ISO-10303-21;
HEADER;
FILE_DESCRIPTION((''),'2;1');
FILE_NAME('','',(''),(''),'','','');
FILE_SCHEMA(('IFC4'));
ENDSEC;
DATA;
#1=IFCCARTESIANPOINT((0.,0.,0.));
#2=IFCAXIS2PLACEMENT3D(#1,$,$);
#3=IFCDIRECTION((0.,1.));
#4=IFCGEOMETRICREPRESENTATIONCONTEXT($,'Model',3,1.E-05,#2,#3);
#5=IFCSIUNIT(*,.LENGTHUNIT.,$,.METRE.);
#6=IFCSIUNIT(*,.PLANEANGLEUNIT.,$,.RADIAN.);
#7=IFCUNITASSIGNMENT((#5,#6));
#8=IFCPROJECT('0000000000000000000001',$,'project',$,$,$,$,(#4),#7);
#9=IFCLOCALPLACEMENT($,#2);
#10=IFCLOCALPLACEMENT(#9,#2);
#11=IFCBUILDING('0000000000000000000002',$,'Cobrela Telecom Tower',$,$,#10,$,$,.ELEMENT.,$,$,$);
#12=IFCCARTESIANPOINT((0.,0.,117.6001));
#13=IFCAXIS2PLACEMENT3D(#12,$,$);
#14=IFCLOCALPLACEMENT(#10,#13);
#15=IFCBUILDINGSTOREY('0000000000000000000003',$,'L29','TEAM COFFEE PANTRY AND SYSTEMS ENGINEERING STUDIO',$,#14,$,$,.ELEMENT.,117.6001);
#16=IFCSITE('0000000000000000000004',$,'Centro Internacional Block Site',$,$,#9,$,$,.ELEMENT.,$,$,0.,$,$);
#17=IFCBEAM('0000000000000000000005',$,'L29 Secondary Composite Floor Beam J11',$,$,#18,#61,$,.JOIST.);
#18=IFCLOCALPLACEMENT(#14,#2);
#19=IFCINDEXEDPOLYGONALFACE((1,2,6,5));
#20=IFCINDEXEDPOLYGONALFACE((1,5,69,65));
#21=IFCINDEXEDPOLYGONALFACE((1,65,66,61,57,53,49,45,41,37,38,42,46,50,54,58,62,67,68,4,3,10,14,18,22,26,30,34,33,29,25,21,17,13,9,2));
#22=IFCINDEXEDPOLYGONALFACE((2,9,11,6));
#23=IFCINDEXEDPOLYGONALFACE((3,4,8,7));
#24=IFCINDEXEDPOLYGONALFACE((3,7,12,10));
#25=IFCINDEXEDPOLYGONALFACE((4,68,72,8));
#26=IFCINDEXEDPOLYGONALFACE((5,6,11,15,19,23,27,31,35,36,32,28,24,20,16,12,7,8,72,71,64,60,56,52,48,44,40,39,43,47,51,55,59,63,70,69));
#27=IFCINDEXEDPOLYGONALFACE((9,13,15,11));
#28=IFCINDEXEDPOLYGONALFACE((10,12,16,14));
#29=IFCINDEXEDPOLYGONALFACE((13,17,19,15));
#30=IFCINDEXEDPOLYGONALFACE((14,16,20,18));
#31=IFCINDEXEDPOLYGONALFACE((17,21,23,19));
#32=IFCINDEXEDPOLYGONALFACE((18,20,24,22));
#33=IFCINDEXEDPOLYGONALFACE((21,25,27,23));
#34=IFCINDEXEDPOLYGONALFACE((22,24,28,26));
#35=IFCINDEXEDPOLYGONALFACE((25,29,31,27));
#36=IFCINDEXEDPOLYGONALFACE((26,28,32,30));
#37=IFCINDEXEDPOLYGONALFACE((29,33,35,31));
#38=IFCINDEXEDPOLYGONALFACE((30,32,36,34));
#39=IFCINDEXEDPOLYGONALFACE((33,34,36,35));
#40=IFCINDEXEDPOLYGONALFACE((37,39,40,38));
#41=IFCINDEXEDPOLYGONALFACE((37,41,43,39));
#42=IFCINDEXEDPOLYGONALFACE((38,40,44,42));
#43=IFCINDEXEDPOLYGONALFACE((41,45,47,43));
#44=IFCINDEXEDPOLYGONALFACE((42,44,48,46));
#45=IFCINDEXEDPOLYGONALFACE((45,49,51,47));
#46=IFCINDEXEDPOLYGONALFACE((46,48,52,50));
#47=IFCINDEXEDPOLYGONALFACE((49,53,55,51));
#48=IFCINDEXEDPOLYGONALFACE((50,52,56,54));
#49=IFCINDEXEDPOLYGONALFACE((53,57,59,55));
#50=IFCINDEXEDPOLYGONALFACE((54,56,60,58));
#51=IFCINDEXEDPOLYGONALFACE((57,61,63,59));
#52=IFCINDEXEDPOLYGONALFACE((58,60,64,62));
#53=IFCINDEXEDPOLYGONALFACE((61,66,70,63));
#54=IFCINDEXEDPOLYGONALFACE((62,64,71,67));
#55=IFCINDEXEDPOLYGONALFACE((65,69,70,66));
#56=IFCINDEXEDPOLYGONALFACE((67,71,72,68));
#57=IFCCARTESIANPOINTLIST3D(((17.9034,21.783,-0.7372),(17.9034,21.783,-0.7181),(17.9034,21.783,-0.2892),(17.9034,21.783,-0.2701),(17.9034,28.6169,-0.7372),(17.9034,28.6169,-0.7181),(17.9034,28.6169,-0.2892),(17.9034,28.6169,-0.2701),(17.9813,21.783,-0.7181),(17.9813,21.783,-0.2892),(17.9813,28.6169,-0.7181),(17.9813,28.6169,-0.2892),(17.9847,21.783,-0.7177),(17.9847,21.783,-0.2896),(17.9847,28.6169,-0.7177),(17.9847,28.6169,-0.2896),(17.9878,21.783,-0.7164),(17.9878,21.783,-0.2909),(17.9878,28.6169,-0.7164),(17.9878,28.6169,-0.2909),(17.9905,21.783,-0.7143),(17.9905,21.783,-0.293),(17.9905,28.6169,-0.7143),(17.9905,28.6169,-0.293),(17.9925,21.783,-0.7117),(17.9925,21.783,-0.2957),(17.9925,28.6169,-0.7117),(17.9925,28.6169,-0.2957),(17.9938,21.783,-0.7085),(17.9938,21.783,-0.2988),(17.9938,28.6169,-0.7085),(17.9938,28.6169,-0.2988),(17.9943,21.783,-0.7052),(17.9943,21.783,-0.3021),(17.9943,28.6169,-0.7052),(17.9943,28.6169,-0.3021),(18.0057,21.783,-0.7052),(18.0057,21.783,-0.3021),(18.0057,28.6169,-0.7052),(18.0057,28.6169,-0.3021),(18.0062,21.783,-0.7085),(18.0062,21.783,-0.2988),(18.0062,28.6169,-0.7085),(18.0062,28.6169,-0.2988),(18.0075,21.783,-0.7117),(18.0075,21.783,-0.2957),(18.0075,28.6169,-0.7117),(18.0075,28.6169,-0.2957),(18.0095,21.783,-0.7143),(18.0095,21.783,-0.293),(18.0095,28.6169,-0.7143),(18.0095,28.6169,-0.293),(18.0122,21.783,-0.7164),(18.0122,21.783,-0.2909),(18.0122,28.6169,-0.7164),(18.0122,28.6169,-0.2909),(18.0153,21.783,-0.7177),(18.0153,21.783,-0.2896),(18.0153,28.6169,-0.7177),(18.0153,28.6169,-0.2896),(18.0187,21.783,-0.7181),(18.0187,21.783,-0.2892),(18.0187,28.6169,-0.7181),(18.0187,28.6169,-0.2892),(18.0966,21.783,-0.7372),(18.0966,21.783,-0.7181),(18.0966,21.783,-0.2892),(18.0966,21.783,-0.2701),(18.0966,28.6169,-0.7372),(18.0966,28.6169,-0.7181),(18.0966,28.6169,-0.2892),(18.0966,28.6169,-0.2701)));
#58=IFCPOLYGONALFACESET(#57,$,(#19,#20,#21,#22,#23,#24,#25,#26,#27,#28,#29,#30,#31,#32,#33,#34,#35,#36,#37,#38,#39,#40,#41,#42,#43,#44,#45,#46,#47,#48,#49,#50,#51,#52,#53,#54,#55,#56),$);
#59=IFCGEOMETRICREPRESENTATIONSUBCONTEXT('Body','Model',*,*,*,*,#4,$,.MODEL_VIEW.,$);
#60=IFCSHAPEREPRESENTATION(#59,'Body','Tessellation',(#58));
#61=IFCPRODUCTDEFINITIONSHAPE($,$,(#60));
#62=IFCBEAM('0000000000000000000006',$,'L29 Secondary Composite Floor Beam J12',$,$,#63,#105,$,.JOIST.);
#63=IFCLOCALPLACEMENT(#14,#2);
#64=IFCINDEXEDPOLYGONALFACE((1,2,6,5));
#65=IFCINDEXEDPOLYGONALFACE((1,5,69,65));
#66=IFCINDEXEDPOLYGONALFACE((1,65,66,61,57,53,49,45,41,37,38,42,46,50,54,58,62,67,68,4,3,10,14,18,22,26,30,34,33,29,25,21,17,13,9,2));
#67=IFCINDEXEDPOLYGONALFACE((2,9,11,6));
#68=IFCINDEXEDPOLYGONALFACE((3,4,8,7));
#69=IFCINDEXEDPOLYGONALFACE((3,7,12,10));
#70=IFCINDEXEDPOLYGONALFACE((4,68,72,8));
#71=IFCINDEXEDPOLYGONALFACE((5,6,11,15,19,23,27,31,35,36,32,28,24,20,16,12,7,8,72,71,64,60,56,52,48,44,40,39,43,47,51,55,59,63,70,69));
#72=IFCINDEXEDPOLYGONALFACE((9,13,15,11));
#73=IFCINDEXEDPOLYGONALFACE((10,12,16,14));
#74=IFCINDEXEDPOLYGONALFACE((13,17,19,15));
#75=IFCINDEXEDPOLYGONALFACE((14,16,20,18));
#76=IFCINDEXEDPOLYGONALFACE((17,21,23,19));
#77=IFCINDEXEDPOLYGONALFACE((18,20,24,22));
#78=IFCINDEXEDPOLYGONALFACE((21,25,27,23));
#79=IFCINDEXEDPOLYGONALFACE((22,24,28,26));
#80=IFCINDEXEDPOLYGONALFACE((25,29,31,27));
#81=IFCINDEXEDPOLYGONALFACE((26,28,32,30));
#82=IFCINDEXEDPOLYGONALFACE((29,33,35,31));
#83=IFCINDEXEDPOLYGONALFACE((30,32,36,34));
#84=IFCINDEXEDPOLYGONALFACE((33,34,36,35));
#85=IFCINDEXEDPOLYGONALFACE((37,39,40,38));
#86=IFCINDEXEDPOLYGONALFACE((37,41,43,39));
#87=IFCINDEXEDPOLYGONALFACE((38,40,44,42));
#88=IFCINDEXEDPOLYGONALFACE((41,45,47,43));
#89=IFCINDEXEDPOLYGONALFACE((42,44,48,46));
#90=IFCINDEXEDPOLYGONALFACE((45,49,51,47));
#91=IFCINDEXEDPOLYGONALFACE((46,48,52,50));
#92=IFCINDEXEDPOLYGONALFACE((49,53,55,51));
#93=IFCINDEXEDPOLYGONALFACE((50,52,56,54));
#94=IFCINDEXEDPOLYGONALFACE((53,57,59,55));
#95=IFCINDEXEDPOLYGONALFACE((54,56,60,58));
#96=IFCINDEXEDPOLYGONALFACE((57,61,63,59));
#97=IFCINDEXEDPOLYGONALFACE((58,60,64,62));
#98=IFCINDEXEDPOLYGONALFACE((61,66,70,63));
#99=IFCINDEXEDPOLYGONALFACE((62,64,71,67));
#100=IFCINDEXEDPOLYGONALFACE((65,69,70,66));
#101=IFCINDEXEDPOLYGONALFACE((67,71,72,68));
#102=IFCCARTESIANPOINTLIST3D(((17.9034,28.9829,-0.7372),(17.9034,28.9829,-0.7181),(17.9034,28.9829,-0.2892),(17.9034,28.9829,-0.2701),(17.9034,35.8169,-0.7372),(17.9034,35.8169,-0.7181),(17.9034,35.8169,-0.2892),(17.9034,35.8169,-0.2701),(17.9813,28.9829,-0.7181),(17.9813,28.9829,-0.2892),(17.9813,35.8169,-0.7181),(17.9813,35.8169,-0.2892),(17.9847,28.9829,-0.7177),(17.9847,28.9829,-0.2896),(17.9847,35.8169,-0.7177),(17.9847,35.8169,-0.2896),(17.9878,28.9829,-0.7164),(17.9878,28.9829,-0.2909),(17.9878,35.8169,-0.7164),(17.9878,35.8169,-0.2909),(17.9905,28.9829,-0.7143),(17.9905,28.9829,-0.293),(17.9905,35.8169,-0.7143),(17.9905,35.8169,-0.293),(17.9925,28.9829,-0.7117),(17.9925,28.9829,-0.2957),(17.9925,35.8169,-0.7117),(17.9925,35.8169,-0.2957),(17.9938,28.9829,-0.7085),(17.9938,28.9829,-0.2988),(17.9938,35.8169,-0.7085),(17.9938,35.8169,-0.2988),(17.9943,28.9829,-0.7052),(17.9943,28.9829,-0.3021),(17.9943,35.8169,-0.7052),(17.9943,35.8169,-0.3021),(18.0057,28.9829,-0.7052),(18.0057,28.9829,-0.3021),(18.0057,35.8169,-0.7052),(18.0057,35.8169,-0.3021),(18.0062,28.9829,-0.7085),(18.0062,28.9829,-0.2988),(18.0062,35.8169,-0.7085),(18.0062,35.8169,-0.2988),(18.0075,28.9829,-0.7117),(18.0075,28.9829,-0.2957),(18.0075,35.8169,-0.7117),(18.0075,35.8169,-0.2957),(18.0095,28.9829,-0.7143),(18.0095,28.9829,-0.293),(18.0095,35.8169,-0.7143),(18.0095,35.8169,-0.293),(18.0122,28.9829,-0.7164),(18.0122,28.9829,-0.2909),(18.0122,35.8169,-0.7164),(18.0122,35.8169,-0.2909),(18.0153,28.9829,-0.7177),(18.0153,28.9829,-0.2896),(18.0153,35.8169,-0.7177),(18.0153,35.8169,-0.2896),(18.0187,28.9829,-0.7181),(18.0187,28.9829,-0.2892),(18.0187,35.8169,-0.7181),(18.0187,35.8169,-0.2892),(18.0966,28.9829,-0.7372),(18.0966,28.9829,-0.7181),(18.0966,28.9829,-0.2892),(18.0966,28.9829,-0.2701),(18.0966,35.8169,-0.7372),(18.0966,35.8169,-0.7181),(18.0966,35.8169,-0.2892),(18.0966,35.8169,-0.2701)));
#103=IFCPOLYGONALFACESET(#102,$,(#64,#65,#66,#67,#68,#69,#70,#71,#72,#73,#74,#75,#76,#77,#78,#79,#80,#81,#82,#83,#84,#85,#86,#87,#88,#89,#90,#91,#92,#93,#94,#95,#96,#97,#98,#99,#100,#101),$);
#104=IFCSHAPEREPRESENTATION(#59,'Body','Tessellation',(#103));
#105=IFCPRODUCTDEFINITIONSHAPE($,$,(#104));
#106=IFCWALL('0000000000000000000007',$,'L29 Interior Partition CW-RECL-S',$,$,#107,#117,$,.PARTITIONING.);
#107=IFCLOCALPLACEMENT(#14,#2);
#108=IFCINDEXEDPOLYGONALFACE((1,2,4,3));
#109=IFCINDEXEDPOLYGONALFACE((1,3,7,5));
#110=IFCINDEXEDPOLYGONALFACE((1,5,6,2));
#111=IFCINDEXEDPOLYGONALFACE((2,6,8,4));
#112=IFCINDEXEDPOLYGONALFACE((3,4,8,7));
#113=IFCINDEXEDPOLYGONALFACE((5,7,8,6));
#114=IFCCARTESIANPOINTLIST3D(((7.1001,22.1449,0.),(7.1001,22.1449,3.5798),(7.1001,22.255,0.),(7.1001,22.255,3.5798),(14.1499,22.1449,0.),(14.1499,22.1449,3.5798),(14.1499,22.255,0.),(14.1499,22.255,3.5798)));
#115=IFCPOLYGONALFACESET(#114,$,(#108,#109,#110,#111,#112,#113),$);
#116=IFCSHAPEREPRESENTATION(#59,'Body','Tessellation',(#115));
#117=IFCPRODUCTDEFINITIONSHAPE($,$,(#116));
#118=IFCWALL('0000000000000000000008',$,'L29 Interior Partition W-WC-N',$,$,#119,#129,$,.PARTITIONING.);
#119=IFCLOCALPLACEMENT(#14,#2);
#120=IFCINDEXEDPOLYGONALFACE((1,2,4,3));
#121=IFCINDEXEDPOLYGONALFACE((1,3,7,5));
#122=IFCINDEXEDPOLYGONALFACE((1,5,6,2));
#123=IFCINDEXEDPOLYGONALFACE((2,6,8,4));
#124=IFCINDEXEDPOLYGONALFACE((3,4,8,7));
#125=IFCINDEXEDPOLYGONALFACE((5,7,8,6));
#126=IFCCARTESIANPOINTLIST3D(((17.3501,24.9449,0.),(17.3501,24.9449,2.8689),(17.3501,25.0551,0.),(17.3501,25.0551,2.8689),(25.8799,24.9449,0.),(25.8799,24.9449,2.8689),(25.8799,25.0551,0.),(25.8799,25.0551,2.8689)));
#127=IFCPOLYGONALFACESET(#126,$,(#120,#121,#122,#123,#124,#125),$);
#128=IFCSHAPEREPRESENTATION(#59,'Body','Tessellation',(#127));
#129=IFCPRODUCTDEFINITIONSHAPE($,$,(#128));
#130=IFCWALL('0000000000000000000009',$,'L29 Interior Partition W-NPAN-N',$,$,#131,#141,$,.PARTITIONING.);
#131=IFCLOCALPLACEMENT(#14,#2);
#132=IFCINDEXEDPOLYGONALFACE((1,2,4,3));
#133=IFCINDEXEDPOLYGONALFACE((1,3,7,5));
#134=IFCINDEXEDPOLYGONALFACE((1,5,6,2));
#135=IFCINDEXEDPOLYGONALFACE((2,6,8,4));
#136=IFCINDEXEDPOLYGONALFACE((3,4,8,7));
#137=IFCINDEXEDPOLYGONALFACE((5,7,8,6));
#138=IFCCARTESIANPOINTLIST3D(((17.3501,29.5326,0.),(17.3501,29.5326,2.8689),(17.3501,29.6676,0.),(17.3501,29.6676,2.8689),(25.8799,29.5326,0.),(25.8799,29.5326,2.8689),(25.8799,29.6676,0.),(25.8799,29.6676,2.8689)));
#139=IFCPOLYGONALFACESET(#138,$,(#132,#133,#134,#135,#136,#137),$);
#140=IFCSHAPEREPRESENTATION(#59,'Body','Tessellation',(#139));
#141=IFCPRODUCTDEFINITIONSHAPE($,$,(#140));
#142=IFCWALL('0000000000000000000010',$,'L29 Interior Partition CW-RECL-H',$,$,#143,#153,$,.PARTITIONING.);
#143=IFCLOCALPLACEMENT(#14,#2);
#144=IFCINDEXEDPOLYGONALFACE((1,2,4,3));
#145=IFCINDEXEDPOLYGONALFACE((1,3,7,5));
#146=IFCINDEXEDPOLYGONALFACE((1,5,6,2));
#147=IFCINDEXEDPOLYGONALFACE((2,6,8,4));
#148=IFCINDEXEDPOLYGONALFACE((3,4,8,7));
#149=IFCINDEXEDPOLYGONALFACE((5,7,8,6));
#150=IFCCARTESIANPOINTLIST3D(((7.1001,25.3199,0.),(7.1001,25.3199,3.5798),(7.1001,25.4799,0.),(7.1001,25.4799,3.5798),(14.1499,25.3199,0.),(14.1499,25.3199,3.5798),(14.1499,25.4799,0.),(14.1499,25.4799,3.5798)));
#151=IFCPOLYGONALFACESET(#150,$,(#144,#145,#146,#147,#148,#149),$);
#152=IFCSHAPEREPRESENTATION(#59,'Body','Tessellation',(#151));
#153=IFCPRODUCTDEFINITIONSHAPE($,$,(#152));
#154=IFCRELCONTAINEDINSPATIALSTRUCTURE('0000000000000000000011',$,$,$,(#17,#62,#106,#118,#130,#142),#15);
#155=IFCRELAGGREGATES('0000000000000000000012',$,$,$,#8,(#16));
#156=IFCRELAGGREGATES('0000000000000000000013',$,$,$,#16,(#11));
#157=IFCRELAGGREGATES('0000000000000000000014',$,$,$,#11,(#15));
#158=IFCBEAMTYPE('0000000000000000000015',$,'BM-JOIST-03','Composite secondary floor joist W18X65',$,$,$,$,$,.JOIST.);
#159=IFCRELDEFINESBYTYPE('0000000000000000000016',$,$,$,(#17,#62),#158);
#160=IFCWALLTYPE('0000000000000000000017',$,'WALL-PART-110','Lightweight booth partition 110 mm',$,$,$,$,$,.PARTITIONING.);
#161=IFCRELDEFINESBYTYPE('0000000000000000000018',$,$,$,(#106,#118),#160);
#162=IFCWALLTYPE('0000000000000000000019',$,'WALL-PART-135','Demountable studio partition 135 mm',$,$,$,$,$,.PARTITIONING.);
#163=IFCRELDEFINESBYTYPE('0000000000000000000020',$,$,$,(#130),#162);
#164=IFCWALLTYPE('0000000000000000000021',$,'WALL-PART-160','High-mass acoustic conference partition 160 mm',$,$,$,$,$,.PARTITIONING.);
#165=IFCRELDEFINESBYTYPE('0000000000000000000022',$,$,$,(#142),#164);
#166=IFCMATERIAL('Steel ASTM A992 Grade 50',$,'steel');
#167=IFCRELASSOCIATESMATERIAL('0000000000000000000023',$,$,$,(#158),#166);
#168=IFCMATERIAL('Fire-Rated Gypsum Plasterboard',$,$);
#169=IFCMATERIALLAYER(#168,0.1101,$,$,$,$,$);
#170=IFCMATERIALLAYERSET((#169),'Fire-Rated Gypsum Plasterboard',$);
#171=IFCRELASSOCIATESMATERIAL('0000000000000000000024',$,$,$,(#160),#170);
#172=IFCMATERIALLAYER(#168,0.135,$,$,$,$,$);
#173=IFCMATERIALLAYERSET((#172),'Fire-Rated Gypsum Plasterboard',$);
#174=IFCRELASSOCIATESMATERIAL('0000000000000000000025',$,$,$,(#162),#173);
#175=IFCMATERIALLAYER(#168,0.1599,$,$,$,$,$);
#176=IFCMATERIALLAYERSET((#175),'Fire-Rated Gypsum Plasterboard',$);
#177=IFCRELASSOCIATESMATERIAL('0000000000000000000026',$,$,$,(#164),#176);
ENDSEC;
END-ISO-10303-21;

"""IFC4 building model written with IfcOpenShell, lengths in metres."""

from ifc_helpers import new_model, si_unit, direction, frame, frame_2d, origin, origin_2d, place, context, subcontext, project, spatial, rectangle, i_section, extrude, material, layer, layer_set, material_profile, profile_set, type_object, element, save


model = new_model("IFC4")

# Units and contexts
model_context = context("Model", 3, precision=1e-05, world=origin(), true_north=direction((0.0, 1.0)))
body_context = subcontext(model_context, "Body", "Model", "MODEL_VIEW")
ifc_project = project(units=[si_unit("LENGTHUNIT", "METRE"), si_unit("PLANEANGLEUNIT", "RADIAN")], contexts=[model_context])

# Site, building, storey
site_placement = place(None, origin())
site = spatial("IfcSite", under=ifc_project, at=site_placement, Name="Centro Internacional Block Site", CompositionType="ELEMENT", RefElevation=0.0)
building_placement = place(site_placement, origin())
building = spatial("IfcBuilding", under=site, at=building_placement, Name="Cobrela Telecom Tower", CompositionType="ELEMENT")
storey_placement = place(building_placement, frame((0.0, 0.0, 117.6001)))
storey = spatial("IfcBuildingStorey", under=building, at=storey_placement, Name="L29", Description="TEAM COFFEE PANTRY AND SYSTEMS ENGINEERING STUDIO", CompositionType="ELEMENT", Elevation=117.6001)

# Beams
ifc_material_1 = material(Name="Steel ASTM A992 Grade 50", Category="steel")
ifc_material_profile_1 = material_profile(ifc_material_1, i_section(OverallWidth=0.1931, OverallDepth=0.467, WebThickness=0.0115, FlangeThickness=0.019, FilletRadius=0.0129, at=origin_2d()), Name="W18X65")
ifc_profile_set_1 = profile_set([ifc_material_profile_1], Name="Steel ASTM A992 Grade 50")
beam_type_1 = type_object("IfcBeamType", Name="BM-JOIST-03", Description="Composite secondary floor joist W18X65", PredefinedType="JOIST", material=ifc_profile_set_1)
for number, where, z_axis, x_axis, name in (
    (1, (18.0, 21.783, -0.5037), (0.0, 1.0, 0.0), (-1.0, 0.0, 0.0), "L29 Secondary Composite Floor Beam J11"),
    (2, (18.0, 28.9829, -0.5037), (0.0, 1.0, 0.0), (-1.0, 0.0, 0.0), "L29 Secondary Composite Floor Beam J12"),
):
    element("IfcBeam", number, at=place(storey_placement, frame(where, z_axis=z_axis, x_axis=x_axis)), inside=storey, type_object=beam_type_1, Name=name, PredefinedType="JOIST", context=body_context, shape_type="SweptSolid", body=[
        extrude(i_section(OverallWidth=0.1931, OverallDepth=0.467, WebThickness=0.0115, FlangeThickness=0.019, FilletRadius=0.0129, at=origin_2d()), origin(), (0.0, 0.0, 1.0), 6.834),
    ])

# Walls
ifc_material_2 = material(Name="Fire-Rated Gypsum Plasterboard")
ifc_layer_1 = layer(ifc_material_2, 0.1101)
ifc_layer_set_1 = layer_set([ifc_layer_1], Name="Fire-Rated Gypsum Plasterboard")
wall_type_1 = type_object("IfcWallType", Name="WALL-PART-110", Description="Lightweight booth partition 110 mm", PredefinedType="PARTITIONING", material=ifc_layer_set_1)
wall_1_placement = place(storey_placement, frame((7.1001, 22.2, 0.0), z_axis=(0.0, 0.0, 1.0), x_axis=(1.0, 0.0, 0.0)))
element("IfcWall", 3, at=wall_1_placement, inside=storey, type_object=wall_type_1, Name="L29 Interior Partition CW-RECL-S", PredefinedType="PARTITIONING", context=body_context, shape_type="SweptSolid", body=[
    extrude(rectangle(XDim=7.0498, YDim=0.1101, at=frame_2d((3.5249, 0.0))), origin(), (0.0, 0.0, 1.0), 3.5798),
])
wall_2_placement = place(storey_placement, frame((17.3501, 25.0, 0.0), z_axis=(0.0, 0.0, 1.0), x_axis=(1.0, 0.0, 0.0)))
element("IfcWall", 4, at=wall_2_placement, inside=storey, type_object=wall_type_1, Name="L29 Interior Partition W-WC-N", PredefinedType="PARTITIONING", context=body_context, shape_type="SweptSolid", body=[
    extrude(rectangle(XDim=8.5298, YDim=0.1101, at=frame_2d((4.2649, 0.0))), origin(), (0.0, 0.0, 1.0), 2.8689),
])

# Shared definitions
ifc_layer_2 = layer(ifc_material_2, 0.135)
ifc_layer_set_2 = layer_set([ifc_layer_2], Name="Fire-Rated Gypsum Plasterboard")
wall_type_2 = type_object("IfcWallType", Name="WALL-PART-135", Description="Demountable studio partition 135 mm", PredefinedType="PARTITIONING", material=ifc_layer_set_2)

# Walls
wall_3_placement = place(storey_placement, frame((17.3501, 29.6001, 0.0), z_axis=(0.0, 0.0, 1.0), x_axis=(1.0, 0.0, 0.0)))
element("IfcWall", 5, at=wall_3_placement, inside=storey, type_object=wall_type_2, Name="L29 Interior Partition W-NPAN-N", PredefinedType="PARTITIONING", context=body_context, shape_type="SweptSolid", body=[
    extrude(rectangle(XDim=8.5298, YDim=0.135, at=frame_2d((4.2649, 0.0))), origin(), (0.0, 0.0, 1.0), 2.8689),
])
ifc_layer_3 = layer(ifc_material_2, 0.1599)
ifc_layer_set_3 = layer_set([ifc_layer_3], Name="Fire-Rated Gypsum Plasterboard")
wall_type_3 = type_object("IfcWallType", Name="WALL-PART-160", Description="High-mass acoustic conference partition 160 mm", PredefinedType="PARTITIONING", material=ifc_layer_set_3)
wall_4_placement = place(storey_placement, frame((7.1001, 25.3999, 0.0), z_axis=(0.0, 0.0, 1.0), x_axis=(1.0, 0.0, 0.0)))
element("IfcWall", 6, at=wall_4_placement, inside=storey, type_object=wall_type_3, Name="L29 Interior Partition CW-RECL-H", PredefinedType="PARTITIONING", context=body_context, shape_type="SweptSolid", body=[
    extrude(rectangle(XDim=7.0498, YDim=0.1599, at=frame_2d((3.5249, 0.0))), origin(), (0.0, 0.0, 1.0), 3.5798),
])

save(model, "model.ifc")
